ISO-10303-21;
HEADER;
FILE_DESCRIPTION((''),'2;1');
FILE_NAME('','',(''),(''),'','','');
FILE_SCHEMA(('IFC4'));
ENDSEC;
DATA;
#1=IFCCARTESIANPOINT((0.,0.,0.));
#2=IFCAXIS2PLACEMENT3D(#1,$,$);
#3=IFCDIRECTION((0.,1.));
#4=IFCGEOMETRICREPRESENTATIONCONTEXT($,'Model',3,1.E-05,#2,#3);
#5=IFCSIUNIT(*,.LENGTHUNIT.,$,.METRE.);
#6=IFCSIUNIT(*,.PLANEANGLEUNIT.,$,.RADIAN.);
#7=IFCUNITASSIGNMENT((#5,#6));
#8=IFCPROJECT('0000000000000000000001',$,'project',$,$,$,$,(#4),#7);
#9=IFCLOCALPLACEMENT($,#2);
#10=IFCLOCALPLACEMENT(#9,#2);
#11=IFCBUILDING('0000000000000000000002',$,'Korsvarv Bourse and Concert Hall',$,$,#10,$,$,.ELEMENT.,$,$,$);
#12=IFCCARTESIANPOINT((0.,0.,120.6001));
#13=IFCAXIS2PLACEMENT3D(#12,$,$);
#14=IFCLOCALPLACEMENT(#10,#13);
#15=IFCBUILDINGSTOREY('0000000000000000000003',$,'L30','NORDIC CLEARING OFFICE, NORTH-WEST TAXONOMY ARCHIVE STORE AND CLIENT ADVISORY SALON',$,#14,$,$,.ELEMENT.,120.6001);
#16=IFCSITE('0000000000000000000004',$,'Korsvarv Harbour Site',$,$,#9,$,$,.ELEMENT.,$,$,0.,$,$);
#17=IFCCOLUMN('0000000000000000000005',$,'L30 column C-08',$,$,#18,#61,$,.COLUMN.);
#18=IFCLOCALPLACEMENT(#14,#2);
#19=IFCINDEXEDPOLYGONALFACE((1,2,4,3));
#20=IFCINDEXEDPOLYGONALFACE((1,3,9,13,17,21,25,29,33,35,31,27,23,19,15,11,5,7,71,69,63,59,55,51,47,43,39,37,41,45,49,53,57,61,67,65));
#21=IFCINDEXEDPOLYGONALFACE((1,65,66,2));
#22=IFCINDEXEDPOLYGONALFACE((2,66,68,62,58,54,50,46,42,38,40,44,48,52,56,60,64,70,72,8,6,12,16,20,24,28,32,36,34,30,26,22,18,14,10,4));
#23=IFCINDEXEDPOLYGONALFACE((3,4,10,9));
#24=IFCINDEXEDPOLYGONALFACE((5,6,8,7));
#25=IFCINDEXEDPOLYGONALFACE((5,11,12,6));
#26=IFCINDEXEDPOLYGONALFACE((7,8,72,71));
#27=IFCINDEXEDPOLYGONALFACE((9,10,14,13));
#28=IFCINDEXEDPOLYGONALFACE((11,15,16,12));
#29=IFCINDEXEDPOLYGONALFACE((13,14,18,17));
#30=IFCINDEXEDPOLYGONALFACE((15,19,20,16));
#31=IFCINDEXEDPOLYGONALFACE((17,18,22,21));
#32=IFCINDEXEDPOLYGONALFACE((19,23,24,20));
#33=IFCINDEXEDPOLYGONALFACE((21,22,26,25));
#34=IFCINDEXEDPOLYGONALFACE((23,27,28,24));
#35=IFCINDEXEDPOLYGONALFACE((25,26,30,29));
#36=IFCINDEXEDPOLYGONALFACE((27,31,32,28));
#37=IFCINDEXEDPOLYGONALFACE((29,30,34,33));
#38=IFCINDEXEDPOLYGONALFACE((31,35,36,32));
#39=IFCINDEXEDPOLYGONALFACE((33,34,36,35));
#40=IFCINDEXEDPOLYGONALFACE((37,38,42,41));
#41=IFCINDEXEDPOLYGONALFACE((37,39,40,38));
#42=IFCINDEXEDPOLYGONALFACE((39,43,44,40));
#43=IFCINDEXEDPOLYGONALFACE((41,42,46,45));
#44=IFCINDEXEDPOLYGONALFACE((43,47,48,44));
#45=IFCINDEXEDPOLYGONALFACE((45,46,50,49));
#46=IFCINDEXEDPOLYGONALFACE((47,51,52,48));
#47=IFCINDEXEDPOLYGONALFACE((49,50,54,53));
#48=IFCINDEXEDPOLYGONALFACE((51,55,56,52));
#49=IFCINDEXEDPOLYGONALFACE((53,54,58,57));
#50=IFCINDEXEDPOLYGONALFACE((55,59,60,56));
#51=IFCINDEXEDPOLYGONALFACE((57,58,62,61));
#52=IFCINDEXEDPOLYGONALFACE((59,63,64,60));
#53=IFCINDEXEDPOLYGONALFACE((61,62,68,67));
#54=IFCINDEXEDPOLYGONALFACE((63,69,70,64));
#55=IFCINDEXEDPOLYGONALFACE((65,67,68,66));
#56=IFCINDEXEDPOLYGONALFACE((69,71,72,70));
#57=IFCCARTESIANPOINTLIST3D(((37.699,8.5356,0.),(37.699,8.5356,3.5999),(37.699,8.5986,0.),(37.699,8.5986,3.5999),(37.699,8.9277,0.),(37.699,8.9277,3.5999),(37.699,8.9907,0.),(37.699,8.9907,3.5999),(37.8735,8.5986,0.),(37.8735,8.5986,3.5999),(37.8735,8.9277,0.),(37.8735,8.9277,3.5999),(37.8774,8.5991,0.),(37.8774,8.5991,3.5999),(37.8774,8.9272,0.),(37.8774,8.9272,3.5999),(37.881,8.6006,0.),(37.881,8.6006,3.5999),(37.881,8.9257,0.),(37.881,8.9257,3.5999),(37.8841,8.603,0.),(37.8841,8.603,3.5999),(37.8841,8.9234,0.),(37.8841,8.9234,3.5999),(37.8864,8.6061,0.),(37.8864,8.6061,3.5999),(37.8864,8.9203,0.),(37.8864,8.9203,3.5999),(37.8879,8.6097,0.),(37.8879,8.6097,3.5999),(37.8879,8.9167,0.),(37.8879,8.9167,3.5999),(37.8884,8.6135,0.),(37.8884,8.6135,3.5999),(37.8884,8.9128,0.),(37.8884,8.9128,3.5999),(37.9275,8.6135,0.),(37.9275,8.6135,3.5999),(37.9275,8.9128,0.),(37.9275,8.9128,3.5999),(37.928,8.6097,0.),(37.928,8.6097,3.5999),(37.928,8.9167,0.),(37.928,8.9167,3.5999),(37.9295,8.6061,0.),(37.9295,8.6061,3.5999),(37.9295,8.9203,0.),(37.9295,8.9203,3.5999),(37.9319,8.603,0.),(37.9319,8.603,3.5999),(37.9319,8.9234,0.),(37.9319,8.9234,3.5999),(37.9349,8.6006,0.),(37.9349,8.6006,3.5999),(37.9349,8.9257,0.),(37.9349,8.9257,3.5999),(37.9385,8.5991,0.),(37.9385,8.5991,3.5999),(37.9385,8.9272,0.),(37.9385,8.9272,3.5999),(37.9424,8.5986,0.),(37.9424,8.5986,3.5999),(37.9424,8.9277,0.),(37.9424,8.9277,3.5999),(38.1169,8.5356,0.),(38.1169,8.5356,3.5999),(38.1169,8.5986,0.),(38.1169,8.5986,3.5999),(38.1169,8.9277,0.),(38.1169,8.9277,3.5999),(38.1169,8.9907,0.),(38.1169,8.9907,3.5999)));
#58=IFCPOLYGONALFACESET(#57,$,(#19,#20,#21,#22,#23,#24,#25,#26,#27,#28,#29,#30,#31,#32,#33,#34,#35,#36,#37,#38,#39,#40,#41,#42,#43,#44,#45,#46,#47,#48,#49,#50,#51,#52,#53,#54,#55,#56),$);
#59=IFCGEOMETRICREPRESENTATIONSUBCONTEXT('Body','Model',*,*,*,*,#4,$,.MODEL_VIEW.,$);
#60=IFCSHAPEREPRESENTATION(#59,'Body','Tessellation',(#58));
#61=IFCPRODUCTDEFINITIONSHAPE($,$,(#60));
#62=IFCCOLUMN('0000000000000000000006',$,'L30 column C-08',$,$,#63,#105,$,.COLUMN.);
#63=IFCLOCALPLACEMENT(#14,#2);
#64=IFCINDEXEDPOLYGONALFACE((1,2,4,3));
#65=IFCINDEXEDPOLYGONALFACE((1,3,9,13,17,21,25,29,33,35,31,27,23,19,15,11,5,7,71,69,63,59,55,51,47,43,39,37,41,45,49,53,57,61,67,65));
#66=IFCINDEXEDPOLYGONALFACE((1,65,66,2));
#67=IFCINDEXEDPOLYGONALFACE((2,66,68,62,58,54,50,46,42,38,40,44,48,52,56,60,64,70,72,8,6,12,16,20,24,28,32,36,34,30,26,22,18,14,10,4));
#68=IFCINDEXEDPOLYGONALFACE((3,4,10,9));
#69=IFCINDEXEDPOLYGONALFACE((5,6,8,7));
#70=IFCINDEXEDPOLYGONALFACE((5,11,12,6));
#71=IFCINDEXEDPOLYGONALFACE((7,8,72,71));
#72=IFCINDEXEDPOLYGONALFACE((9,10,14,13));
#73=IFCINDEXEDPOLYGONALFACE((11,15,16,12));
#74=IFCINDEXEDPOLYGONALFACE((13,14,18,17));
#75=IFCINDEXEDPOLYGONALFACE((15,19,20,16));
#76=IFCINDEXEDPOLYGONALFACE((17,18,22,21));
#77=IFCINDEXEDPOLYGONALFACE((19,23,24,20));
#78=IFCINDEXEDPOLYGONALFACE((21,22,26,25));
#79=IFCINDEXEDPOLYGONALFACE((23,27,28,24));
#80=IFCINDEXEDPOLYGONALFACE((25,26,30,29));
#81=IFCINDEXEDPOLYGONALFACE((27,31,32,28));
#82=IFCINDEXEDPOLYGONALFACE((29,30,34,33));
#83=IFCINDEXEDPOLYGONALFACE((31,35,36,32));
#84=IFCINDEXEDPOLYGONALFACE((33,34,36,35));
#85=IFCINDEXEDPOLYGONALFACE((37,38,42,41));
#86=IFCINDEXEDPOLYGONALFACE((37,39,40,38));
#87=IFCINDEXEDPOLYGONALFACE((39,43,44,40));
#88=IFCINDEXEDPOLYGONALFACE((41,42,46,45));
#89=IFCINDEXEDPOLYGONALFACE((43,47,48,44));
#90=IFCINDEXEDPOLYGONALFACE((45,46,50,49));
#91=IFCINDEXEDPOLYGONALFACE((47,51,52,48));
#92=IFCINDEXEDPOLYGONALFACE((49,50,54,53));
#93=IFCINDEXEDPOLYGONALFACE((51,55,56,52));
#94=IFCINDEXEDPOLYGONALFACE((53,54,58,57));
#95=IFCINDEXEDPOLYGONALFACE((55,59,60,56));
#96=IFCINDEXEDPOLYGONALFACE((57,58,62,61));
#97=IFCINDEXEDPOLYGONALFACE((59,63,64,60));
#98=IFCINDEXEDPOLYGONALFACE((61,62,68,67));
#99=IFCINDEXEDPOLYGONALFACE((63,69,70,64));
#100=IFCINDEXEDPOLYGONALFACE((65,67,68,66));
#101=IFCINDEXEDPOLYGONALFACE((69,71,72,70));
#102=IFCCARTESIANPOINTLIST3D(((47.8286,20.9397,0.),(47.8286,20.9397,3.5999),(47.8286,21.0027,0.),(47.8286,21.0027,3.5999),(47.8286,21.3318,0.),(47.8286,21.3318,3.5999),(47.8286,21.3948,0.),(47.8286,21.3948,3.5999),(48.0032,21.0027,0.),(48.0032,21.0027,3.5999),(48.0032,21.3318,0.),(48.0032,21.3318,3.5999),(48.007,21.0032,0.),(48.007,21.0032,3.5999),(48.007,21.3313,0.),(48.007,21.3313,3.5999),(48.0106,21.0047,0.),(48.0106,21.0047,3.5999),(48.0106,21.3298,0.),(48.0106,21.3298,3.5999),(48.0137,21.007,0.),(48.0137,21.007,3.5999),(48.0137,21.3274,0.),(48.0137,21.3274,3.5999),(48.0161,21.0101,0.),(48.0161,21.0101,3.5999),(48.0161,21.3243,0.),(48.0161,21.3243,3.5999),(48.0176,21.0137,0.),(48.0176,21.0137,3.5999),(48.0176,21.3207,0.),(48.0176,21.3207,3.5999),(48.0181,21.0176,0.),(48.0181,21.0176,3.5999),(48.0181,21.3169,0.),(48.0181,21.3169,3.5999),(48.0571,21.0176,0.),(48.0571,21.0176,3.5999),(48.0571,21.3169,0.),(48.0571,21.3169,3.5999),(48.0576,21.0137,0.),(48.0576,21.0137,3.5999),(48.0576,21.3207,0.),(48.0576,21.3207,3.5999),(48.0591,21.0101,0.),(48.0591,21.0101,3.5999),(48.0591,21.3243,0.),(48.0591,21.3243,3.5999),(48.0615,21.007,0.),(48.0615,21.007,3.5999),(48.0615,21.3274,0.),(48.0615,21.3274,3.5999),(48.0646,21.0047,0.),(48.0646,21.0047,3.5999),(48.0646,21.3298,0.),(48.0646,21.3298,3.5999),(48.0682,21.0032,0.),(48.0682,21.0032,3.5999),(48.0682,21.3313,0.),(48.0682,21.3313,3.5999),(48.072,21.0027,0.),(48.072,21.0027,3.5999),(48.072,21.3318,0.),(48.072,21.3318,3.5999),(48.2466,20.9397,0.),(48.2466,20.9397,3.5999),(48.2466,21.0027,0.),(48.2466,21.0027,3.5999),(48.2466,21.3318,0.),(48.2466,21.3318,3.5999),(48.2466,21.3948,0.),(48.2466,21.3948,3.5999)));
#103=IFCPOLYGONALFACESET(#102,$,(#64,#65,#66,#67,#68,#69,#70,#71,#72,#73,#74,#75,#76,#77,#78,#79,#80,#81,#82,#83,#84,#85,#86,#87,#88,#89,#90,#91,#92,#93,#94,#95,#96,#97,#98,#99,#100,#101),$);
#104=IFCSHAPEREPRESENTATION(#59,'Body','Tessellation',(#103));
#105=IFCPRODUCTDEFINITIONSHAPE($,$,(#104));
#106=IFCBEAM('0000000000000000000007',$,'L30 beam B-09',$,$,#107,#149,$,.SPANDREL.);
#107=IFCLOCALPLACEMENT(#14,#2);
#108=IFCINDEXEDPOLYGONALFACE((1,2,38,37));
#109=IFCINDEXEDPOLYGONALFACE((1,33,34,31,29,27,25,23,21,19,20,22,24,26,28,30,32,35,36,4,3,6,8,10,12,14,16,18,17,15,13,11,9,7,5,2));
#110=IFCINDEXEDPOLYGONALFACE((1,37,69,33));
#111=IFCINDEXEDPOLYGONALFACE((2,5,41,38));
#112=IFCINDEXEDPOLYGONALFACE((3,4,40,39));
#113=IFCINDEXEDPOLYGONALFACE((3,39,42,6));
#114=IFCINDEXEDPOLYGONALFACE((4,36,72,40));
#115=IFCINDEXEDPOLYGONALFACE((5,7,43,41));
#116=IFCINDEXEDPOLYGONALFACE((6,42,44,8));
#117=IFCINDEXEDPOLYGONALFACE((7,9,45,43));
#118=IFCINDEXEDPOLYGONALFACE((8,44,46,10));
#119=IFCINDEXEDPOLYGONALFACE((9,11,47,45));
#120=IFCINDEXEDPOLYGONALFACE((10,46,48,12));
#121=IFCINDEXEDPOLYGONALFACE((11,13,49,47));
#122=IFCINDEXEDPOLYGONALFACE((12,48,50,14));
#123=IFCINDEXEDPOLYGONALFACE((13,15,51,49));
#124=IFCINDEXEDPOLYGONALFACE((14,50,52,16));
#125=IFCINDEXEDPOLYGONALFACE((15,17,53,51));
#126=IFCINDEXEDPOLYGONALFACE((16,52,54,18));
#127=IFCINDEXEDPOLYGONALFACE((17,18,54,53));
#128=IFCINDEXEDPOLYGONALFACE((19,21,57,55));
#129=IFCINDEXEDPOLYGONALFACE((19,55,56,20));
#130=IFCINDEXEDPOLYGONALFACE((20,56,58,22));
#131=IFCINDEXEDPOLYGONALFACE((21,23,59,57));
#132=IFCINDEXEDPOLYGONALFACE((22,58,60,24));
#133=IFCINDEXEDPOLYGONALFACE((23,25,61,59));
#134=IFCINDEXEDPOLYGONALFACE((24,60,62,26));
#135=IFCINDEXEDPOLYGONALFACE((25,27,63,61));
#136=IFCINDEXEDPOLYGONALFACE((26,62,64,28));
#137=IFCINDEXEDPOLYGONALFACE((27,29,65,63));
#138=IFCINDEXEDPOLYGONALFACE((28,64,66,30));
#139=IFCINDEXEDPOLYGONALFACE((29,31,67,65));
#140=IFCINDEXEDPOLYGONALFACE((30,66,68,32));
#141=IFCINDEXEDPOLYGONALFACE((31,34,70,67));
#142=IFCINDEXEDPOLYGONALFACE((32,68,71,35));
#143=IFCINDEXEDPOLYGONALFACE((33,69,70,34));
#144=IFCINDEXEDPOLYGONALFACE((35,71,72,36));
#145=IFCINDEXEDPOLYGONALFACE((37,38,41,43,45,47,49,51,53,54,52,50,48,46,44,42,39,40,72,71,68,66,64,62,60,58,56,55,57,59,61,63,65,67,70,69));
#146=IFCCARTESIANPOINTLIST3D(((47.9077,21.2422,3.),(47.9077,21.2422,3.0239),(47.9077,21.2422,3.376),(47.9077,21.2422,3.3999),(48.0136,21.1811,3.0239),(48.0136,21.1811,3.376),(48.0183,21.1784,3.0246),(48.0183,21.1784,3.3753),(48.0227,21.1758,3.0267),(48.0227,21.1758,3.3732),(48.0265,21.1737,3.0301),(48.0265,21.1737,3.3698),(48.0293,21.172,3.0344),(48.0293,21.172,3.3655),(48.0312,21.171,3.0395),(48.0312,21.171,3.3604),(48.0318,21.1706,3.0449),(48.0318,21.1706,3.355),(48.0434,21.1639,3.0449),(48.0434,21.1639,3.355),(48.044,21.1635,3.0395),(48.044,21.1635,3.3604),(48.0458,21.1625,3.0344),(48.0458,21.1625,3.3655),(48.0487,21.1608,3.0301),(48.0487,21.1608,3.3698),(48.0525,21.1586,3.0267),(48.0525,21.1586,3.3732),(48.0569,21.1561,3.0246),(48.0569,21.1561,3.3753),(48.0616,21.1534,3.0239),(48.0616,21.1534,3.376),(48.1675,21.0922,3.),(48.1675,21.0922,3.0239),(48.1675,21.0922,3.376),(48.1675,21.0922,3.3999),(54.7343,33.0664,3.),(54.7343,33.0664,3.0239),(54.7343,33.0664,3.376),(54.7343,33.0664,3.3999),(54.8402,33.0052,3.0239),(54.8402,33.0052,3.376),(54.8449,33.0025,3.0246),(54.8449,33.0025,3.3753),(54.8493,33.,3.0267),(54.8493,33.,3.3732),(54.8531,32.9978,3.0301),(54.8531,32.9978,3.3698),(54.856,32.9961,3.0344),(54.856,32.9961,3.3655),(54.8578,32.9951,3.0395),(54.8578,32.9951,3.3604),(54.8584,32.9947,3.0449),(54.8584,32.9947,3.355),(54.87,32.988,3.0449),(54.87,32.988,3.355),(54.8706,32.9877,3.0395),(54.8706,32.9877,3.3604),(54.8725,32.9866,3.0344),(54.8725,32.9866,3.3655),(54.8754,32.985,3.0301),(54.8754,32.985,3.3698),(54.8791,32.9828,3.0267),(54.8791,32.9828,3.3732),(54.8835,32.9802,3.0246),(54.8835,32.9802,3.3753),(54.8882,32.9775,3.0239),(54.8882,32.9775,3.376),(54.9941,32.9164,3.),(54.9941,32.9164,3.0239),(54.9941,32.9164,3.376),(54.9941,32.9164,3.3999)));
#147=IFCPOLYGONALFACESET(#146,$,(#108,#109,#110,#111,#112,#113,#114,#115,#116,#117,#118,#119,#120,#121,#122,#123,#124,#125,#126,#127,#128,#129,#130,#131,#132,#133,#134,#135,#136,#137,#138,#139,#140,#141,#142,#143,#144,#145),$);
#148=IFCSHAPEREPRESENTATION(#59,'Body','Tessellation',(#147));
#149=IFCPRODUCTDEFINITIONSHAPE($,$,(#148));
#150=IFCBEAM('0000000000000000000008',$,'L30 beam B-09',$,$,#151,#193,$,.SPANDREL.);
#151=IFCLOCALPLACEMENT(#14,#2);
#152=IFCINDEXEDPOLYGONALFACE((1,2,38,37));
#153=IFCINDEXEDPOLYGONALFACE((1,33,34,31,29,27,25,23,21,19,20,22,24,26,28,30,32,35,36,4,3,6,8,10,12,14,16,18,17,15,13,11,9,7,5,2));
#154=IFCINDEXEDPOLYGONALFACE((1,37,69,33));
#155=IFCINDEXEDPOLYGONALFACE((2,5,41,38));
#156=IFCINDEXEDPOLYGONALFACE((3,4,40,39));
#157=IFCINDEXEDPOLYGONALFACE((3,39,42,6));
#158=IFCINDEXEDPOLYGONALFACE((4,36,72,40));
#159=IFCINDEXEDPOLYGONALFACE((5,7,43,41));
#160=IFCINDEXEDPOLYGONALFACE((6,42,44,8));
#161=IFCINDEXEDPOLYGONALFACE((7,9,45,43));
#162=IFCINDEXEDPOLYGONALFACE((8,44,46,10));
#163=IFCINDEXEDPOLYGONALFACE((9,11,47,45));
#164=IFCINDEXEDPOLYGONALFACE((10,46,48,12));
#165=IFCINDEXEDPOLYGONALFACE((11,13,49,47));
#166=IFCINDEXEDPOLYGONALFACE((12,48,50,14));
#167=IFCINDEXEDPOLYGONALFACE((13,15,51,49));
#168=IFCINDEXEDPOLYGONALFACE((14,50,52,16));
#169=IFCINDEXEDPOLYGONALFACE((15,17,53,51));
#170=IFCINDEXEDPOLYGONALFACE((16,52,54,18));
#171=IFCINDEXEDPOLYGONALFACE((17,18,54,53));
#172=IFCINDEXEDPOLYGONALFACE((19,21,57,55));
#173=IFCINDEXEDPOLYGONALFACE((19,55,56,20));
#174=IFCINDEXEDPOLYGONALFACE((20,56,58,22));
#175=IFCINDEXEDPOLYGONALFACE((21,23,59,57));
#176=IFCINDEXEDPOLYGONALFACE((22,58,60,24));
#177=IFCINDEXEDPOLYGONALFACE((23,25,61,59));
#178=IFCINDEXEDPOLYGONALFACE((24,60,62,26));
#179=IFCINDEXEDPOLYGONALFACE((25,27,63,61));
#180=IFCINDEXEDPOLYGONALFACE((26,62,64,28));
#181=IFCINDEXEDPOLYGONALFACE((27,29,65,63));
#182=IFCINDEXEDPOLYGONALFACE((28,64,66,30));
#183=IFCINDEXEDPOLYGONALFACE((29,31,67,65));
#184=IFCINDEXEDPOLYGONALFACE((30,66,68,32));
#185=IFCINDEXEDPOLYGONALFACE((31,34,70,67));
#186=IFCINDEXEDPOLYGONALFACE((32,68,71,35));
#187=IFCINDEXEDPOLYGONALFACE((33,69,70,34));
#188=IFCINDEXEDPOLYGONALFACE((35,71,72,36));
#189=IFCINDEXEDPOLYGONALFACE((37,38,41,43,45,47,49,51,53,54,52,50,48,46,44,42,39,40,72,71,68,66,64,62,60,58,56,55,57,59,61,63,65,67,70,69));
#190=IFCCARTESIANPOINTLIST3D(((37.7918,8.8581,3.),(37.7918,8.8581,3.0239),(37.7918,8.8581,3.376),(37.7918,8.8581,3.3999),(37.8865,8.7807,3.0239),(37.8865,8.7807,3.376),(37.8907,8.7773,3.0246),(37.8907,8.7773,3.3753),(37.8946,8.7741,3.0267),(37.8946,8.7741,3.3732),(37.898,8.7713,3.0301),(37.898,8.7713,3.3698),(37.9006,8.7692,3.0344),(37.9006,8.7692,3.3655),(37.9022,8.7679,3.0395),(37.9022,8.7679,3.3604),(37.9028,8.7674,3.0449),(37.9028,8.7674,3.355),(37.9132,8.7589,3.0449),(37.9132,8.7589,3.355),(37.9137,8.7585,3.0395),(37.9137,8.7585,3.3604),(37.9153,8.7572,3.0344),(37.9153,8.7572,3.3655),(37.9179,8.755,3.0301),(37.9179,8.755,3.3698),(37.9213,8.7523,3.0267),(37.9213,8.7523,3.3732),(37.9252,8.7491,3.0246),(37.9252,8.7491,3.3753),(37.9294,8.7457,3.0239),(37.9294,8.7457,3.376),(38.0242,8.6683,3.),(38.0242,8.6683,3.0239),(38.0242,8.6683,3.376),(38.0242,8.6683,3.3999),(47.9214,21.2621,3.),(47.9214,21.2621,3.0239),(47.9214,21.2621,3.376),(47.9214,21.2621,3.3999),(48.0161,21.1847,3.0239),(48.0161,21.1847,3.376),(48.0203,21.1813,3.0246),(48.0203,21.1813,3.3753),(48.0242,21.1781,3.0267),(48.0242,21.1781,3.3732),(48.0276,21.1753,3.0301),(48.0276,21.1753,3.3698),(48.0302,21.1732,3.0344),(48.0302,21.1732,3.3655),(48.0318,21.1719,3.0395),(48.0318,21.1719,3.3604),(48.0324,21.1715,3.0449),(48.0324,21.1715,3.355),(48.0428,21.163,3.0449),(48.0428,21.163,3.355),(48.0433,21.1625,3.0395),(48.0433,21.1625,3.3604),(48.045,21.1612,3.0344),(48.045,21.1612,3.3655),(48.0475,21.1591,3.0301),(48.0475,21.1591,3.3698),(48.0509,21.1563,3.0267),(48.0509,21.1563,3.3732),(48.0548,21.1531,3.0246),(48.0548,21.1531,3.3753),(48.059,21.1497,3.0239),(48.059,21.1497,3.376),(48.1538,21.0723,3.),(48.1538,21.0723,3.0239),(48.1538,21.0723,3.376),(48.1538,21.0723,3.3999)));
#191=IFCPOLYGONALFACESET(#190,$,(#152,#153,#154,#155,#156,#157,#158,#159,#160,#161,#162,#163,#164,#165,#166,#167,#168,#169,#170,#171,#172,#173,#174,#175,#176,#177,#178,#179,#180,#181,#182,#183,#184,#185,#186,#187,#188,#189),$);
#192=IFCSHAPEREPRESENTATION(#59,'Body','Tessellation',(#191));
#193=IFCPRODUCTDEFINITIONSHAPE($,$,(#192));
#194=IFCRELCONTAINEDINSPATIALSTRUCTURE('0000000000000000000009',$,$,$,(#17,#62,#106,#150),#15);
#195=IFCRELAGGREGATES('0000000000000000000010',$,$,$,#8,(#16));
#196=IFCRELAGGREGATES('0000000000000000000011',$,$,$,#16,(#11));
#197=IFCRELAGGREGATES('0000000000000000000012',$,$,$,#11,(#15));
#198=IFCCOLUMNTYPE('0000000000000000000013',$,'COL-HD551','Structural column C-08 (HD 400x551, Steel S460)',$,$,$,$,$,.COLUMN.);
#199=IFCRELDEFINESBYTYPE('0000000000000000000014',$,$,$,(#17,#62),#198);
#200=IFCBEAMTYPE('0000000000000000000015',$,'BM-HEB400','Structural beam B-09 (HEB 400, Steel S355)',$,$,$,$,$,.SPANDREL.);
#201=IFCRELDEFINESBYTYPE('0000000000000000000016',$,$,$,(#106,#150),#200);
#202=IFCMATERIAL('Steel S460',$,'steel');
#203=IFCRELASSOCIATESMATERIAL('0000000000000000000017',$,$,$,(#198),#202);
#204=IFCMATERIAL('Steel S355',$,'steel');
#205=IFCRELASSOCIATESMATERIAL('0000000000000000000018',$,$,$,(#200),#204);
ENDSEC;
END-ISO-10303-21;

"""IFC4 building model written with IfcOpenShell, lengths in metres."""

from ifc_helpers import new_model, si_unit, direction, frame, origin, origin_2d, place, context, subcontext, project, spatial, i_section, extrude, source, transform, mapped, material, material_profile, profile_set, type_object, element, save


model = new_model("IFC4")

# Units and contexts
model_context = context("Model", 3, precision=1e-05, world=origin(), true_north=direction((0.0, 1.0)))
body_context = subcontext(model_context, "Body", "Model", "MODEL_VIEW")
ifc_project = project(units=[si_unit("LENGTHUNIT", "METRE"), si_unit("PLANEANGLEUNIT", "RADIAN")], contexts=[model_context])

# Site, building, storey
site_placement = place(None, origin())
site = spatial("IfcSite", under=ifc_project, at=site_placement, Name="Korsvarv Harbour Site", CompositionType="ELEMENT", RefElevation=0.0)
building_placement = place(site_placement, origin())
building = spatial("IfcBuilding", under=site, at=building_placement, Name="Korsvarv Bourse and Concert Hall", CompositionType="ELEMENT")
storey_placement = place(building_placement, frame((0.0, 0.0, 120.6001)))
storey = spatial("IfcBuildingStorey", under=building, at=storey_placement, Name="L30", Description="NORDIC CLEARING OFFICE, NORTH-WEST TAXONOMY ARCHIVE STORE AND CLIENT ADVISORY SALON", CompositionType="ELEMENT", Elevation=120.6001)

# Columns
ifc_material_1 = material(Name="Steel S460", Category="steel")
ifc_material_profile_1 = material_profile(ifc_material_1, i_section(OverallWidth=0.418, OverallDepth=0.4551, WebThickness=0.0391, FlangeThickness=0.063, FilletRadius=0.0149, at=origin_2d()), Name="HD 400x551")
ifc_profile_set_1 = profile_set([ifc_material_profile_1], Name="Steel S460")
column_type = type_object("IfcColumnType", Name="COL-HD551", Description="Structural column C-08 (HD 400x551, Steel S460)", PredefinedType="COLUMN", material=ifc_profile_set_1)
shared_shape_1 = source(origin(), body_context, "Body", "SweptSolid", [
    extrude(i_section(OverallWidth=0.418, OverallDepth=0.4551, WebThickness=0.0391, FlangeThickness=0.063, FilletRadius=0.0149, at=origin_2d()), origin(), (0.0, 0.0, 1.0), 3.5999),
])
for number, where, z_axis, x_axis, name in (
    (1, (37.908, 8.7632, 0.0), (0.0, 0.0, 1.0), (1.0, 0.0, 0.0), "L30 column C-08"),
    (2, (48.0376, 21.1672, 0.0), (0.0, 0.0, 1.0), (1.0, 0.0, 0.0), "L30 column C-08"),
):
    element("IfcColumn", number, at=place(storey_placement, frame(where, z_axis=z_axis, x_axis=x_axis)), inside=storey, type_object=column_type, Name=name, PredefinedType="COLUMN", context=body_context, shape_type="MappedRepresentation", body=[
        mapped(shared_shape_1, transform((0.0, 0.0, 0.0), scale=1.0)),
    ])

# Beams
ifc_material_2 = material(Name="Steel S355", Category="steel")
ifc_material_profile_2 = material_profile(ifc_material_2, i_section(OverallWidth=0.3, OverallDepth=0.3999, WebThickness=0.0134, FlangeThickness=0.0239, FilletRadius=0.021, at=origin_2d()), Name="HEB 400")
ifc_profile_set_2 = profile_set([ifc_material_profile_2], Name="Steel S355")
beam_type_1 = type_object("IfcBeamType", Name="BM-HEB400", Description="Structural beam B-09 (HEB 400, Steel S355)", PredefinedType="SPANDREL", material=ifc_profile_set_2)
shared_shape_2 = source(origin(), body_context, "Body", "SweptSolid", [
    extrude(i_section(OverallWidth=0.3, OverallDepth=0.3999, WebThickness=0.0134, FlangeThickness=0.0239, FilletRadius=0.021, at=origin_2d()), origin(), (0.0, 0.0, 1.0), 13.6533),
])
beam_1_placement = place(storey_placement, frame((48.0376, 21.1672, 3.2), z_axis=(0.499997, 0.866027, 0.0), x_axis=(-0.866027, 0.499997, 0.0)))
element("IfcBeam", 3, at=beam_1_placement, inside=storey, type_object=beam_type_1, Name="L30 beam B-09", PredefinedType="SPANDREL", context=body_context, shape_type="MappedRepresentation", body=[
    mapped(shared_shape_2, transform((0.0, 0.0, 0.0), scale=1.0)),
])
shared_shape_3 = source(origin(), body_context, "Body", "SweptSolid", [
    extrude(i_section(OverallWidth=0.3, OverallDepth=0.3999, WebThickness=0.0134, FlangeThickness=0.0239, FilletRadius=0.021, at=origin_2d()), origin(), (0.0, 0.0, 1.0), 16.0146),
])
beam_2_placement = place(storey_placement, frame((37.908, 8.7632, 3.2), z_axis=(0.632522, 0.774542, 0.0), x_axis=(-0.774542, 0.632522, 0.0)))
element("IfcBeam", 4, at=beam_2_placement, inside=storey, type_object=beam_type_1, Name="L30 beam B-09", PredefinedType="SPANDREL", context=body_context, shape_type="MappedRepresentation", body=[
    mapped(shared_shape_3, transform((0.0, 0.0, 0.0), scale=1.0)),
])

save(model, "model.ifc")
